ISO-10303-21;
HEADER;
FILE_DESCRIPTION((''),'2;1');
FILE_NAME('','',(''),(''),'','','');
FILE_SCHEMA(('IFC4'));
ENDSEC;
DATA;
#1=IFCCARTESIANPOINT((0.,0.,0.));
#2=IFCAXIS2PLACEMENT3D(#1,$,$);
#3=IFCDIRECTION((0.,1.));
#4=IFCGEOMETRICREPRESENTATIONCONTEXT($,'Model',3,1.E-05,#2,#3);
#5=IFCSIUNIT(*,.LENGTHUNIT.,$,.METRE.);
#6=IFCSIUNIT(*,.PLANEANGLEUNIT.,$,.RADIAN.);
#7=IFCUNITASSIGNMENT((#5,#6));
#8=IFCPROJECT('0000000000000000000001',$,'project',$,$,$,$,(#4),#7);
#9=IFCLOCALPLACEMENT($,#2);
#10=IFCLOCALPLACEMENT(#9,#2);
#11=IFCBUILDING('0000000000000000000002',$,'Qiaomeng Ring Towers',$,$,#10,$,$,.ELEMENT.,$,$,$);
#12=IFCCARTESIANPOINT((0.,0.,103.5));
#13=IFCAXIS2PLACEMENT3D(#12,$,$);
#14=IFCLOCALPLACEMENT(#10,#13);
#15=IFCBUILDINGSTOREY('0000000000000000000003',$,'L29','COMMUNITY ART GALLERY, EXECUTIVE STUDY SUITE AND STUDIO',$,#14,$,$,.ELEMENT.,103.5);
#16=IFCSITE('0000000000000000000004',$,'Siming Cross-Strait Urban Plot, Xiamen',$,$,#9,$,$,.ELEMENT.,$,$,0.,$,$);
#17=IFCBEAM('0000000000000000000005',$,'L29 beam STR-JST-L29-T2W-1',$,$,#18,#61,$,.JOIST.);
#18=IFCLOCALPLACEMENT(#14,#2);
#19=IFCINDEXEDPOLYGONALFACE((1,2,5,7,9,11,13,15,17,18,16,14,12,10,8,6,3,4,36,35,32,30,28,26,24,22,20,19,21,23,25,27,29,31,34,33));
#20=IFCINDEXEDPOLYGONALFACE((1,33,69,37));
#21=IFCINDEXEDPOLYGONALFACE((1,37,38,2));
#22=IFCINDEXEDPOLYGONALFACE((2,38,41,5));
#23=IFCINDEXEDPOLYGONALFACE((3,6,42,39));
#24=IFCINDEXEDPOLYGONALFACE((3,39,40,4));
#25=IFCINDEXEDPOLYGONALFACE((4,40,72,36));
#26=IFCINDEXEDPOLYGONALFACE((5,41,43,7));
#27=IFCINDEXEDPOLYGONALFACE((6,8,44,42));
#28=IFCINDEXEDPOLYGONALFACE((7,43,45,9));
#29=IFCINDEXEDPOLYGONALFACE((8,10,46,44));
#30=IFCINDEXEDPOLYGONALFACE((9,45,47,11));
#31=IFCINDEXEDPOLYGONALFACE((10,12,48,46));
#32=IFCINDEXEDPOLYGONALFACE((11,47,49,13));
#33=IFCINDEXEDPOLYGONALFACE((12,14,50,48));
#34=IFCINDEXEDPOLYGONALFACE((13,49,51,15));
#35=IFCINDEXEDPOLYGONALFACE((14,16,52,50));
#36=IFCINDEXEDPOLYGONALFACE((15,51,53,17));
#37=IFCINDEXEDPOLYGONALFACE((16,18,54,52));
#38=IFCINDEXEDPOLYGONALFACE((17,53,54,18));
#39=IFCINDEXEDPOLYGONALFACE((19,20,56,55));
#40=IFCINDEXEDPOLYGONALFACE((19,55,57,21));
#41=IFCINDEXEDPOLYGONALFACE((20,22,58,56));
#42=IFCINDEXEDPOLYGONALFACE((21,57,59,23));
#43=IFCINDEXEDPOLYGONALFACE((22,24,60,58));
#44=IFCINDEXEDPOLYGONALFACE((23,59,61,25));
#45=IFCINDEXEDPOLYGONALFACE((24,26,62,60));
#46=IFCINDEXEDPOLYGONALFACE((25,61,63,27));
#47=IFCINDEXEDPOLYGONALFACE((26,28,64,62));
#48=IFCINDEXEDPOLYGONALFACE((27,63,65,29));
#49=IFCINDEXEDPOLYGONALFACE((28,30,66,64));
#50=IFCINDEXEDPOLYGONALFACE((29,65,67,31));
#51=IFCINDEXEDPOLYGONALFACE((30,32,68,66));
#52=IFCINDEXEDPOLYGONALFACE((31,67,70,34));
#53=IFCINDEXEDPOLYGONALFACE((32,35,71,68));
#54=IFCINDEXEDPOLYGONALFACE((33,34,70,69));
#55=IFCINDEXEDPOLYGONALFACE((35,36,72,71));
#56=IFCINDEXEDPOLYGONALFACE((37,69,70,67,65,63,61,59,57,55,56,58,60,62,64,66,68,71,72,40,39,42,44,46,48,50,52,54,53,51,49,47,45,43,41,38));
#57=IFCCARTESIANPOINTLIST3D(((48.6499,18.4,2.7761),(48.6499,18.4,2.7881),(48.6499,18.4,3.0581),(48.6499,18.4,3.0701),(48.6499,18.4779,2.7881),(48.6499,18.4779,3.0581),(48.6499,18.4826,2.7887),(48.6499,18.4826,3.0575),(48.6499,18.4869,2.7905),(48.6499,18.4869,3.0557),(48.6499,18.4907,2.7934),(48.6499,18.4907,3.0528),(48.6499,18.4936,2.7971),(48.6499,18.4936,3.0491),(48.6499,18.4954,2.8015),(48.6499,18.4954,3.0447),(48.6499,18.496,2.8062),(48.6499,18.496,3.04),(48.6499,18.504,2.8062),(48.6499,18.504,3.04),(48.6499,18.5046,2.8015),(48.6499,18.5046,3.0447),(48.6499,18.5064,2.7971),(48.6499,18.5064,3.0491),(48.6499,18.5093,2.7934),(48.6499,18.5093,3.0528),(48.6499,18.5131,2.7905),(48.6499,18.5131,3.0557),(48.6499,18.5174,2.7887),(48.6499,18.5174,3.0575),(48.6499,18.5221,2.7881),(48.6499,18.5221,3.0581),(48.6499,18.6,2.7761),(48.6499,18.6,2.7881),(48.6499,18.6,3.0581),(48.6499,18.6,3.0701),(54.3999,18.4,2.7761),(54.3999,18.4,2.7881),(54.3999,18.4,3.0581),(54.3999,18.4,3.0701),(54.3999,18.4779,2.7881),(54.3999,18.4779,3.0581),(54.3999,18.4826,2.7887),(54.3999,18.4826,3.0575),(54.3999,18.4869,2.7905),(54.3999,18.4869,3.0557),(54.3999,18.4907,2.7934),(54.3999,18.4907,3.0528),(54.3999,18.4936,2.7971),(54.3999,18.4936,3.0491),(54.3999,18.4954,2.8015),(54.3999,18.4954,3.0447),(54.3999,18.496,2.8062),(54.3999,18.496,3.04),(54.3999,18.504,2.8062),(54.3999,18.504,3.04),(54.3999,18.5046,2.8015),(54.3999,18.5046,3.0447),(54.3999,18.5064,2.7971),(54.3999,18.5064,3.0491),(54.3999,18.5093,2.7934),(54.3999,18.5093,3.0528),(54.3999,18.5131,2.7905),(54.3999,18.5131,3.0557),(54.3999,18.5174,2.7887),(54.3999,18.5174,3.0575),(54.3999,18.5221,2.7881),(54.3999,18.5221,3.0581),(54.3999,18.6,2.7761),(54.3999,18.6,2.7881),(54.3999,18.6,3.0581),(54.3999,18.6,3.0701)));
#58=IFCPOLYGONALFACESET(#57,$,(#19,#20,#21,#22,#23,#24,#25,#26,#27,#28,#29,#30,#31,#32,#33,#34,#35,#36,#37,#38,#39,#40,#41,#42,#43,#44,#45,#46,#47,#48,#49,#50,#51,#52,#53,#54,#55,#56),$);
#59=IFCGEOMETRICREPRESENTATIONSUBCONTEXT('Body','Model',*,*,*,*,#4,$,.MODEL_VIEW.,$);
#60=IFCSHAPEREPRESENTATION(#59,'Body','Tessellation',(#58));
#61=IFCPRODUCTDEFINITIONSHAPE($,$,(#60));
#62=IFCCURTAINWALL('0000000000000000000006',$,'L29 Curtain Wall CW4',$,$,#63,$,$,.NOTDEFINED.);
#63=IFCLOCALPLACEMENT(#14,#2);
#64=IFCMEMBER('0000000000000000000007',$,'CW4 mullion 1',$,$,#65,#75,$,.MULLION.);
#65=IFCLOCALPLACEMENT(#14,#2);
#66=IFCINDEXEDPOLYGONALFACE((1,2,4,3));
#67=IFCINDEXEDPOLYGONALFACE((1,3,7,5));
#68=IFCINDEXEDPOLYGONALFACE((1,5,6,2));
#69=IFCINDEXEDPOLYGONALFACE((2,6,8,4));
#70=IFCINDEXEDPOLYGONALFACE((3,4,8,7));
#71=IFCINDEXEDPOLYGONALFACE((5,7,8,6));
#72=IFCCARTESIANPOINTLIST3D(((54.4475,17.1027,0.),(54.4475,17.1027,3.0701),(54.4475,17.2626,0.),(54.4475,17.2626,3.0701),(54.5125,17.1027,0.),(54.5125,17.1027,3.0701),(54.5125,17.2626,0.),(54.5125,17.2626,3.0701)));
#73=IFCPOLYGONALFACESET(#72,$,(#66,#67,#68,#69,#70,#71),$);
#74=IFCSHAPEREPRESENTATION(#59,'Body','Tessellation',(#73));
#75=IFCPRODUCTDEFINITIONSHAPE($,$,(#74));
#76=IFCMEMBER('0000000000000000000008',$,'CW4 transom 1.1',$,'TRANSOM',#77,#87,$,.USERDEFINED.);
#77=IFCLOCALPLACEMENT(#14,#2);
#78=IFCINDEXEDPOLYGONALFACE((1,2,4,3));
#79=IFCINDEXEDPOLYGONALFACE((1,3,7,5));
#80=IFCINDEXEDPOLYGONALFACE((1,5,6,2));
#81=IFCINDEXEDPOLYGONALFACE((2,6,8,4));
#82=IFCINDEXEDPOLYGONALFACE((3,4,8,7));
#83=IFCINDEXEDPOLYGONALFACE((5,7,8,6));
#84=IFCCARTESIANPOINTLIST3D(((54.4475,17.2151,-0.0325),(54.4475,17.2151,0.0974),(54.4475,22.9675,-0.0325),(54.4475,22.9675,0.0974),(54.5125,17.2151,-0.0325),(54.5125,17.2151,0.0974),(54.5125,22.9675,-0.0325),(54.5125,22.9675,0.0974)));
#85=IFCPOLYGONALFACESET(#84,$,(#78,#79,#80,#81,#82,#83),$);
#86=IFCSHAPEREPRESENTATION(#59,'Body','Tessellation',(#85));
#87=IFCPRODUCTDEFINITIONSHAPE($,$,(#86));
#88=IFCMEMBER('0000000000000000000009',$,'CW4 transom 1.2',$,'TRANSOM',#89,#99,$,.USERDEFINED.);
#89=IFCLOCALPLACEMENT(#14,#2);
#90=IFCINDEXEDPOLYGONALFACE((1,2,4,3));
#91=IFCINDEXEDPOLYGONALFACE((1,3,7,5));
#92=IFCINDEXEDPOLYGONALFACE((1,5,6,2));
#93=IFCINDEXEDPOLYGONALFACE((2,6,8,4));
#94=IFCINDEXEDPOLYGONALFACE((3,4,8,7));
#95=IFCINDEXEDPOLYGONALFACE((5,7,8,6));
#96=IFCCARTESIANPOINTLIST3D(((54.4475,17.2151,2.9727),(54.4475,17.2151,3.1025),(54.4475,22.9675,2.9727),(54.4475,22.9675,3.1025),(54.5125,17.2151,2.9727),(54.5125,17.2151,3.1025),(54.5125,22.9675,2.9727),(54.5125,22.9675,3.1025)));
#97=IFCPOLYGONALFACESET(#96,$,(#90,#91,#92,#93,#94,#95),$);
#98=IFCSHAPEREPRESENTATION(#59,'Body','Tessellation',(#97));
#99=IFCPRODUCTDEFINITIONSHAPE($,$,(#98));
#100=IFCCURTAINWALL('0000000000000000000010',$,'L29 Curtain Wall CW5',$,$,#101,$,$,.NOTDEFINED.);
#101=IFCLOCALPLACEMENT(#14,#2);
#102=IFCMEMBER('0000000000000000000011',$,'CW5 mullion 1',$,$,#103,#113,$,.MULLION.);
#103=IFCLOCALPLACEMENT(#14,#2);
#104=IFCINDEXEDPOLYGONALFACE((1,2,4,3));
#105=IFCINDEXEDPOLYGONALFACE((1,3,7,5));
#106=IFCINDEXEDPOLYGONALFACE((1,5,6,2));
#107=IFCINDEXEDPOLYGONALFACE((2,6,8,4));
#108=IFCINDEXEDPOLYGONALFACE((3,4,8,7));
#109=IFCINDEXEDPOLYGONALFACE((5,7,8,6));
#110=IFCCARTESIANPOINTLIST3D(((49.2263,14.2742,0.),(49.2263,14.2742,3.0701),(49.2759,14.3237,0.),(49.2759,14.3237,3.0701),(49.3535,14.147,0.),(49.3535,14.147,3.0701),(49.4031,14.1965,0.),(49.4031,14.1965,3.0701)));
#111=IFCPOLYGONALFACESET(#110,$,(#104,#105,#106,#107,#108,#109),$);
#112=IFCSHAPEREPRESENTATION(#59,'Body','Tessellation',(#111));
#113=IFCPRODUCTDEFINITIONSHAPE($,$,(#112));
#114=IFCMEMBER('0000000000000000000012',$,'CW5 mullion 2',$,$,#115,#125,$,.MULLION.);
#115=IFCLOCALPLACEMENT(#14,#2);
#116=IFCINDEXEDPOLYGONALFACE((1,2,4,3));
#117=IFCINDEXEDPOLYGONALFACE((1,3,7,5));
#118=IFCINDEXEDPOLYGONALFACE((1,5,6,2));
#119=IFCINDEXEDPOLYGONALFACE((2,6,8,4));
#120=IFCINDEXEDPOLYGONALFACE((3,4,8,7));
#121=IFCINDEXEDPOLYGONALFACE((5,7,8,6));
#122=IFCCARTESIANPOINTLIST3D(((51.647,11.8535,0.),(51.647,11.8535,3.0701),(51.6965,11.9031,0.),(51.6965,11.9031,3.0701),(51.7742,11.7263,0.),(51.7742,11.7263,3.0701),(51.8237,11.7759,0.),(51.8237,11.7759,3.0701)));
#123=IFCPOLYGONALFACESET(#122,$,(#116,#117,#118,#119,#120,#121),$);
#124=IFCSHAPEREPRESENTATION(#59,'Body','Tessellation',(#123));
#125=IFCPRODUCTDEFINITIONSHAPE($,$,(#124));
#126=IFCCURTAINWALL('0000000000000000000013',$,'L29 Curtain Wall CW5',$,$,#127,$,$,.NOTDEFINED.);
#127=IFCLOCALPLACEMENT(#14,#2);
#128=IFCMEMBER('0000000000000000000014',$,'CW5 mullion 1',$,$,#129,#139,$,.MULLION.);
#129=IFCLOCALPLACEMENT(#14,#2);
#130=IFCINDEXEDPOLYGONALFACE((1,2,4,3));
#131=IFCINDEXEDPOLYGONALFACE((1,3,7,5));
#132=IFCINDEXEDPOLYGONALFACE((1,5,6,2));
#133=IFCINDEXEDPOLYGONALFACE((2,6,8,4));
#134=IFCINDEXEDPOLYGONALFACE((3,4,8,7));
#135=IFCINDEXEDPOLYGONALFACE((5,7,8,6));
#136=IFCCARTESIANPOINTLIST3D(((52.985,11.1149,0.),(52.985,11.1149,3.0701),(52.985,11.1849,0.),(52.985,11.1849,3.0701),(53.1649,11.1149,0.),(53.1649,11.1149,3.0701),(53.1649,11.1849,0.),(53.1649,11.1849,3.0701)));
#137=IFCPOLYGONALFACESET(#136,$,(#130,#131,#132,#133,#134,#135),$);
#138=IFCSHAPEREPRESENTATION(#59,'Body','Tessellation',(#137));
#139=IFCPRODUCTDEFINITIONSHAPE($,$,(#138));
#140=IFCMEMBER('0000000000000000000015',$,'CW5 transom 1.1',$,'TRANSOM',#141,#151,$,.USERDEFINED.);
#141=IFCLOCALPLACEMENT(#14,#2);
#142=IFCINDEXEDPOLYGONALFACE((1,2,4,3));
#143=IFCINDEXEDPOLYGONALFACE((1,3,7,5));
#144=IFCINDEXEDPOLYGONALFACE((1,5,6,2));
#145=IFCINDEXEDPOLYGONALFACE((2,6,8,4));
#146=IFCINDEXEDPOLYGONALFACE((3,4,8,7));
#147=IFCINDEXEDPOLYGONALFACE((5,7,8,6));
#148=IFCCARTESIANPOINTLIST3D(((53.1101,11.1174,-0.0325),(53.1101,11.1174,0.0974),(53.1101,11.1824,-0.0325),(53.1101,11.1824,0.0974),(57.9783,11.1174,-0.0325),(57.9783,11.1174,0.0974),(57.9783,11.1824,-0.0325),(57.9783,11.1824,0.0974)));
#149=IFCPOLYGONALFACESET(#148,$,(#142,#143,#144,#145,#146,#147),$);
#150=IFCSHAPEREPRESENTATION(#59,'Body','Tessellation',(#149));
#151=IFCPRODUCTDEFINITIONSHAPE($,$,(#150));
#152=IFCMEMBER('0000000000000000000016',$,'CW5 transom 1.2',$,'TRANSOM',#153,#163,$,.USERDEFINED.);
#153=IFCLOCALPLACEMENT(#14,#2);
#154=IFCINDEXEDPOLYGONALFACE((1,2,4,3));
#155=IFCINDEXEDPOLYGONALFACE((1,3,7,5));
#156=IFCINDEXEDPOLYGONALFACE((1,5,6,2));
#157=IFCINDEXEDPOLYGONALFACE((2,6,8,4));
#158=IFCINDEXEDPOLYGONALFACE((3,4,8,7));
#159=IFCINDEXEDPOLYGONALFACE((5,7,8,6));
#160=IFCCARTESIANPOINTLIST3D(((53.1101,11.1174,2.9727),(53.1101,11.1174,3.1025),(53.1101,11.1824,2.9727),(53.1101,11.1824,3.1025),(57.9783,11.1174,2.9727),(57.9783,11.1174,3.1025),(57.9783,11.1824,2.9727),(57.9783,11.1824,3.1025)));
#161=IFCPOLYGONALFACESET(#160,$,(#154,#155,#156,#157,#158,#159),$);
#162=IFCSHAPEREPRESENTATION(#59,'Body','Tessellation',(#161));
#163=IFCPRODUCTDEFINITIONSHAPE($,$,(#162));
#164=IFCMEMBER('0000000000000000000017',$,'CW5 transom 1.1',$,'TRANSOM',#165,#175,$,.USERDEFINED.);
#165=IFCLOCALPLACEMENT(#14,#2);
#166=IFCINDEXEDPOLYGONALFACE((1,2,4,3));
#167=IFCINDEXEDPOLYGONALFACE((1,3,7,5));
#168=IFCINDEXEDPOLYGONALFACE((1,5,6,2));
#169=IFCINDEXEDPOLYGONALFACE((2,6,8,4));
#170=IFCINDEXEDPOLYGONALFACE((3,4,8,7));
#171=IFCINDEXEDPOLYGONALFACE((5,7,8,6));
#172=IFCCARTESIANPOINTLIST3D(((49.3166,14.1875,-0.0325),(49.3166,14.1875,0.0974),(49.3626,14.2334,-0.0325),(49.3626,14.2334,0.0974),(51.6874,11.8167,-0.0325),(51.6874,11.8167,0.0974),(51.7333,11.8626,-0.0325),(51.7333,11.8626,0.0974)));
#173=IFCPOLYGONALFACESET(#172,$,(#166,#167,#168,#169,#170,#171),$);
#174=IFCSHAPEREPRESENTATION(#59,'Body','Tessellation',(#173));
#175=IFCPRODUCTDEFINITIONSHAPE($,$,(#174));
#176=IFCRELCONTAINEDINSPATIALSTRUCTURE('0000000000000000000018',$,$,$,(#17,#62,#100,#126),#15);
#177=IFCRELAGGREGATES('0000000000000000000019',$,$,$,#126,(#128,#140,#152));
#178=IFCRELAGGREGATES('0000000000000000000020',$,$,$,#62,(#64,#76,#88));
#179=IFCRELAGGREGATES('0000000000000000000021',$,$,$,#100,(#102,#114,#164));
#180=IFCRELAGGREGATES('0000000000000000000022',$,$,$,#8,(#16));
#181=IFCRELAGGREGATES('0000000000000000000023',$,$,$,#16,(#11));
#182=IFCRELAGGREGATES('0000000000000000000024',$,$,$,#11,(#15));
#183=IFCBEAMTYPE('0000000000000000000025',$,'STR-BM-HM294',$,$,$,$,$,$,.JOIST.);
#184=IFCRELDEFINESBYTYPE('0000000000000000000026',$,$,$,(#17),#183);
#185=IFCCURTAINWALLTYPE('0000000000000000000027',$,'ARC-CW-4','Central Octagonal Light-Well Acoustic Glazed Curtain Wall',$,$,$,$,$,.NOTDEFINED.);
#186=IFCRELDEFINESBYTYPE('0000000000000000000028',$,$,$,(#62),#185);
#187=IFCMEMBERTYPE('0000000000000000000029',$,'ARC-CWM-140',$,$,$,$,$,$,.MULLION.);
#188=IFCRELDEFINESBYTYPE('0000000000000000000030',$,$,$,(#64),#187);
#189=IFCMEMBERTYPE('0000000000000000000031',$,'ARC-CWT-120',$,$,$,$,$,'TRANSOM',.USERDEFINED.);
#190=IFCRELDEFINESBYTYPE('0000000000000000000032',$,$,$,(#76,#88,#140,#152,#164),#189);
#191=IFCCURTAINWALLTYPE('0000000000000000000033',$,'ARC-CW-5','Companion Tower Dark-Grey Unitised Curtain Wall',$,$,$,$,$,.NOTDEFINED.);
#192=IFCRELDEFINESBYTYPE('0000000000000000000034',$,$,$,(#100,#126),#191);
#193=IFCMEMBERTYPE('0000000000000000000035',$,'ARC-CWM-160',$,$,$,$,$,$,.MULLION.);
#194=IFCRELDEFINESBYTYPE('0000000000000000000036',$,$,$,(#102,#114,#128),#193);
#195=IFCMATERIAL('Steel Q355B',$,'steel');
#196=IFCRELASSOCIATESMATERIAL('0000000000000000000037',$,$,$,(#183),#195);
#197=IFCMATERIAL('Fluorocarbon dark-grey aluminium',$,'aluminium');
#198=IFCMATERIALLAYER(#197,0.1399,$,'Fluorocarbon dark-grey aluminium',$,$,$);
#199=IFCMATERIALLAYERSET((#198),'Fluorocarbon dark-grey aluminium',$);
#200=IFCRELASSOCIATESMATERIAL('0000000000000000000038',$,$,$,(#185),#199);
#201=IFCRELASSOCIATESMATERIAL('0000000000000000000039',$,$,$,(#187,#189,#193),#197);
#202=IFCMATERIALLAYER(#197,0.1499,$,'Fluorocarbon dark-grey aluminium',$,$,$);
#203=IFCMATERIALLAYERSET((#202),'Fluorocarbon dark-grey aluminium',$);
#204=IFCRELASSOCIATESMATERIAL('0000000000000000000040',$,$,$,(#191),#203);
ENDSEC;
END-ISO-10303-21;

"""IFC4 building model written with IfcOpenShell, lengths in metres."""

from ifc_helpers import new_model, si_unit, direction, frame, origin, origin_2d, place, context, subcontext, project, spatial, rectangle, i_section, extrude, source, transform, mapped, material, layer, layer_set, material_profile, profile_set, type_object, element, aggregate, save


model = new_model("IFC4")

# Units and contexts
model_context = context("Model", 3, precision=1e-05, world=origin(), true_north=direction((0.0, 1.0)))
body_context = subcontext(model_context, "Body", "Model", "MODEL_VIEW")
ifc_project = project(units=[si_unit("LENGTHUNIT", "METRE"), si_unit("PLANEANGLEUNIT", "RADIAN")], contexts=[model_context])

# Site, building, storey
site_placement = place(None, origin())
site = spatial("IfcSite", under=ifc_project, at=site_placement, Name="Siming Cross-Strait Urban Plot, Xiamen", CompositionType="ELEMENT", RefElevation=0.0)
building_placement = place(site_placement, origin())
building = spatial("IfcBuilding", under=site, at=building_placement, Name="Qiaomeng Ring Towers", CompositionType="ELEMENT")
storey_placement = place(building_placement, frame((0.0, 0.0, 103.5)))
storey = spatial("IfcBuildingStorey", under=building, at=storey_placement, Name="L29", Description="COMMUNITY ART GALLERY, EXECUTIVE STUDY SUITE AND STUDIO", CompositionType="ELEMENT", Elevation=103.5)

# Beam
ifc_material_1 = material(Name="Steel Q355B", Category="steel")
ifc_material_profile_1 = material_profile(ifc_material_1, i_section(OverallWidth=0.2, OverallDepth=0.2939, WebThickness=0.0081, FlangeThickness=0.012, FilletRadius=0.0181, at=origin_2d()), Name="HM 294x200x8x12")
ifc_profile_set_1 = profile_set([ifc_material_profile_1], Name="Steel Q355B")
beam_type_1 = type_object("IfcBeamType", Name="STR-BM-HM294", PredefinedType="JOIST", material=ifc_profile_set_1)
shared_shape_1 = source(origin(), body_context, "Body", "SweptSolid", [
    extrude(i_section(OverallWidth=0.2, OverallDepth=0.2939, WebThickness=0.0081, FlangeThickness=0.012, FilletRadius=0.0181, at=origin_2d()), origin(), (0.0, 0.0, 1.0), 5.75),
])
beam_1_placement = place(storey_placement, frame((48.6499, 18.5, 2.9231), z_axis=(1.0, 0.0, 0.0), x_axis=(0.0, 1.0, 0.0)))
element("IfcBeam", 1, at=beam_1_placement, inside=storey, type_object=beam_type_1, Name="L29 beam STR-JST-L29-T2W-1", PredefinedType="JOIST", context=body_context, shape_type="MappedRepresentation", body=[
    mapped(shared_shape_1, transform((0.0, 0.0, 0.0), x_axis=(1.0, 0.0, 0.0), y_axis=(0.0, 1.0, 0.0), z_axis=(0.0, 0.0, 1.0), scale=1.0)),
])

# Curtain walls, members
ifc_material_2 = material(Name="Fluorocarbon dark-grey aluminium", Category="aluminium")
ifc_layer_1 = layer(ifc_material_2, 0.1399, Name="Fluorocarbon dark-grey aluminium")
ifc_layer_set_1 = layer_set([ifc_layer_1], Name="Fluorocarbon dark-grey aluminium")
curtain_wall_type_1 = type_object("IfcCurtainWallType", Name="ARC-CW-4", Description="Central Octagonal Light-Well Acoustic Glazed Curtain Wall", PredefinedType="NOTDEFINED", material=ifc_layer_set_1)
curtain_wall_1_placement = place(storey_placement, origin())
curtain_wall_1 = element("IfcCurtainWall", 2, at=curtain_wall_1_placement, inside=storey, type_object=curtain_wall_type_1, Name="L29 Curtain Wall CW4", PredefinedType="NOTDEFINED")
ifc_material_profile_2 = material_profile(ifc_material_2, rectangle(XDim=0.0649, YDim=0.1599, at=origin_2d()), Name="ALU MULL 65x160")
ifc_profile_set_2 = profile_set([ifc_material_profile_2], Name="Fluorocarbon dark-grey aluminium")
member_type_1 = type_object("IfcMemberType", Name="ARC-CWM-140", PredefinedType="MULLION", material=ifc_profile_set_2)
shared_shape_2 = source(origin(), body_context, "Body", "SweptSolid", [
    extrude(rectangle(XDim=0.0649, YDim=0.1599, at=origin_2d()), origin(), (0.0, 0.0, 1.0), 3.0701),
])
member_1_placement = place(storey_placement, frame((54.48, 17.1826, 0.0), z_axis=(0.0, 0.0, 1.0), x_axis=(-1.0, 0.0, 0.0)))
member_1 = element("IfcMember", 3, at=member_1_placement, type_object=member_type_1, Name="CW4 mullion 1", PredefinedType="MULLION", context=body_context, shape_type="MappedRepresentation", body=[
    mapped(shared_shape_2, transform((0.0, 0.0, 0.0), x_axis=(1.0, 0.0, 0.0), y_axis=(0.0, 1.0, 0.0), z_axis=(0.0, 0.0, 1.0), scale=1.0)),
])
ifc_material_profile_3 = material_profile(ifc_material_2, rectangle(XDim=0.0649, YDim=0.1299, at=origin_2d()), Name="ALU TRAN 65x130")
ifc_profile_set_3 = profile_set([ifc_material_profile_3], Name="Fluorocarbon dark-grey aluminium")
member_type_2 = type_object("IfcMemberType", Name="ARC-CWT-120", ElementType="TRANSOM", PredefinedType="USERDEFINED", material=ifc_profile_set_3)
shared_shape_3 = source(origin(), body_context, "Body", "SweptSolid", [
    extrude(rectangle(XDim=0.0649, YDim=0.1299, at=origin_2d()), origin(), (0.0, 0.0, 1.0), 5.7524),
])
member_2_placement = place(storey_placement, frame((54.48, 17.2151, 0.0325), z_axis=(0.0, 1.0, 0.0), x_axis=(-1.0, 0.0, 0.0)))
member_2 = element("IfcMember", 4, at=member_2_placement, type_object=member_type_2, Name="CW4 transom 1.1", ObjectType="TRANSOM", PredefinedType="USERDEFINED", context=body_context, shape_type="MappedRepresentation", body=[
    mapped(shared_shape_3, transform((0.0, 0.0, 0.0), x_axis=(1.0, 0.0, 0.0), y_axis=(0.0, 1.0, 0.0), z_axis=(0.0, 0.0, 1.0), scale=1.0)),
])
member_3_placement = place(storey_placement, frame((54.48, 17.2151, 3.0376), z_axis=(0.0, 1.0, 0.0), x_axis=(-1.0, 0.0, 0.0)))
member_3 = element("IfcMember", 5, at=member_3_placement, type_object=member_type_2, Name="CW4 transom 1.2", ObjectType="TRANSOM", PredefinedType="USERDEFINED", context=body_context, shape_type="MappedRepresentation", body=[
    mapped(shared_shape_3, transform((0.0, 0.0, 0.0), x_axis=(1.0, 0.0, 0.0), y_axis=(0.0, 1.0, 0.0), z_axis=(0.0, 0.0, 1.0), scale=1.0)),
])
ifc_layer_2 = layer(ifc_material_2, 0.1499, Name="Fluorocarbon dark-grey aluminium")
ifc_layer_set_2 = layer_set([ifc_layer_2], Name="Fluorocarbon dark-grey aluminium")
curtain_wall_type_2 = type_object("IfcCurtainWallType", Name="ARC-CW-5", Description="Companion Tower Dark-Grey Unitised Curtain Wall", PredefinedType="NOTDEFINED", material=ifc_layer_set_2)
curtain_wall_2_placement = place(storey_placement, origin())
curtain_wall_2 = element("IfcCurtainWall", 6, at=curtain_wall_2_placement, inside=storey, type_object=curtain_wall_type_2, Name="L29 Curtain Wall CW5", PredefinedType="NOTDEFINED")
ifc_material_profile_4 = material_profile(ifc_material_2, rectangle(XDim=0.0701, YDim=0.1799, at=origin_2d()), Name="ALU MULL 70x180")
ifc_profile_set_4 = profile_set([ifc_material_profile_4], Name="Fluorocarbon dark-grey aluminium")
member_type_3 = type_object("IfcMemberType", Name="ARC-CWM-160", PredefinedType="MULLION", material=ifc_profile_set_4)
shared_shape_4 = source(origin(), body_context, "Body", "SweptSolid", [
    extrude(rectangle(XDim=0.0701, YDim=0.1799, at=origin_2d()), origin(), (0.0, 0.0, 1.0), 3.0701),
])
member_4_placement = place(storey_placement, frame((49.3147, 14.2354, 0.0), z_axis=(0.0, 0.0, 1.0), x_axis=(0.707107, 0.707107, 0.0)))
member_4 = element("IfcMember", 7, at=member_4_placement, type_object=member_type_3, Name="CW5 mullion 1", PredefinedType="MULLION", context=body_context, shape_type="MappedRepresentation", body=[
    mapped(shared_shape_4, transform((0.0, 0.0, 0.0), x_axis=(1.0, 0.0, 0.0), y_axis=(0.0, 1.0, 0.0), z_axis=(0.0, 0.0, 1.0), scale=1.0)),
])
member_5_placement = place(storey_placement, frame((51.7354, 11.8147, 0.0), z_axis=(0.0, 0.0, 1.0), x_axis=(0.707107, 0.707107, 0.0)))
member_5 = element("IfcMember", 8, at=member_5_placement, type_object=member_type_3, Name="CW5 mullion 2", PredefinedType="MULLION", context=body_context, shape_type="MappedRepresentation", body=[
    mapped(shared_shape_4, transform((0.0, 0.0, 0.0), x_axis=(1.0, 0.0, 0.0), y_axis=(0.0, 1.0, 0.0), z_axis=(0.0, 0.0, 1.0), scale=1.0)),
])
curtain_wall_3_placement = place(storey_placement, origin())
curtain_wall_3 = element("IfcCurtainWall", 9, at=curtain_wall_3_placement, inside=storey, type_object=curtain_wall_type_2, Name="L29 Curtain Wall CW5", PredefinedType="NOTDEFINED")
member_6_placement = place(storey_placement, frame((53.075, 11.1499, 0.0), z_axis=(0.0, 0.0, 1.0), x_axis=(0.0, 1.0, 0.0)))
member_6 = element("IfcMember", 10, at=member_6_placement, type_object=member_type_3, Name="CW5 mullion 1", PredefinedType="MULLION", context=body_context, shape_type="MappedRepresentation", body=[
    mapped(shared_shape_4, transform((0.0, 0.0, 0.0), x_axis=(1.0, 0.0, 0.0), y_axis=(0.0, 1.0, 0.0), z_axis=(0.0, 0.0, 1.0), scale=1.0)),
])
shared_shape_5 = source(origin(), body_context, "Body", "SweptSolid", [
    extrude(rectangle(XDim=0.0649, YDim=0.1299, at=origin_2d()), origin(), (0.0, 0.0, 1.0), 4.8682),
])
member_7_placement = place(storey_placement, frame((53.1101, 11.1499, 0.0325), z_axis=(1.0, 0.0, 0.0), x_axis=(0.0, 1.0, 0.0)))
member_7 = element("IfcMember", 11, at=member_7_placement, type_object=member_type_2, Name="CW5 transom 1.1", ObjectType="TRANSOM", PredefinedType="USERDEFINED", context=body_context, shape_type="MappedRepresentation", body=[
    mapped(shared_shape_5, transform((0.0, 0.0, 0.0), x_axis=(1.0, 0.0, 0.0), y_axis=(0.0, 1.0, 0.0), z_axis=(0.0, 0.0, 1.0), scale=1.0)),
])
member_8_placement = place(storey_placement, frame((53.1101, 11.1499, 3.0376), z_axis=(1.0, 0.0, 0.0), x_axis=(0.0, 1.0, 0.0)))
member_8 = element("IfcMember", 12, at=member_8_placement, type_object=member_type_2, Name="CW5 transom 1.2", ObjectType="TRANSOM", PredefinedType="USERDEFINED", context=body_context, shape_type="MappedRepresentation", body=[
    mapped(shared_shape_5, transform((0.0, 0.0, 0.0), x_axis=(1.0, 0.0, 0.0), y_axis=(0.0, 1.0, 0.0), z_axis=(0.0, 0.0, 1.0), scale=1.0)),
])
aggregate(curtain_wall_3, [member_6, member_7, member_8])

# Member
shared_shape_6 = source(origin(), body_context, "Body", "SweptSolid", [
    extrude(rectangle(XDim=0.0649, YDim=0.1299, at=origin_2d()), origin(), (0.0, 0.0, 1.0), 3.3528),
])
member_9_placement = place(storey_placement, frame((49.3396, 14.2104, 0.0325), z_axis=(0.707107, -0.707107, 0.0), x_axis=(0.707107, 0.707107, 0.0)))
member_9 = element("IfcMember", 13, at=member_9_placement, type_object=member_type_2, Name="CW5 transom 1.1", ObjectType="TRANSOM", PredefinedType="USERDEFINED", context=body_context, shape_type="MappedRepresentation", body=[
    mapped(shared_shape_6, transform((0.0, 0.0, 0.0), x_axis=(1.0, 0.0, 0.0), y_axis=(0.0, 1.0, 0.0), z_axis=(0.0, 0.0, 1.0), scale=1.0)),
])

aggregate(curtain_wall_1, [member_1, member_2, member_3])
aggregate(curtain_wall_2, [member_4, member_5, member_9])

save(model, "model.ifc")
